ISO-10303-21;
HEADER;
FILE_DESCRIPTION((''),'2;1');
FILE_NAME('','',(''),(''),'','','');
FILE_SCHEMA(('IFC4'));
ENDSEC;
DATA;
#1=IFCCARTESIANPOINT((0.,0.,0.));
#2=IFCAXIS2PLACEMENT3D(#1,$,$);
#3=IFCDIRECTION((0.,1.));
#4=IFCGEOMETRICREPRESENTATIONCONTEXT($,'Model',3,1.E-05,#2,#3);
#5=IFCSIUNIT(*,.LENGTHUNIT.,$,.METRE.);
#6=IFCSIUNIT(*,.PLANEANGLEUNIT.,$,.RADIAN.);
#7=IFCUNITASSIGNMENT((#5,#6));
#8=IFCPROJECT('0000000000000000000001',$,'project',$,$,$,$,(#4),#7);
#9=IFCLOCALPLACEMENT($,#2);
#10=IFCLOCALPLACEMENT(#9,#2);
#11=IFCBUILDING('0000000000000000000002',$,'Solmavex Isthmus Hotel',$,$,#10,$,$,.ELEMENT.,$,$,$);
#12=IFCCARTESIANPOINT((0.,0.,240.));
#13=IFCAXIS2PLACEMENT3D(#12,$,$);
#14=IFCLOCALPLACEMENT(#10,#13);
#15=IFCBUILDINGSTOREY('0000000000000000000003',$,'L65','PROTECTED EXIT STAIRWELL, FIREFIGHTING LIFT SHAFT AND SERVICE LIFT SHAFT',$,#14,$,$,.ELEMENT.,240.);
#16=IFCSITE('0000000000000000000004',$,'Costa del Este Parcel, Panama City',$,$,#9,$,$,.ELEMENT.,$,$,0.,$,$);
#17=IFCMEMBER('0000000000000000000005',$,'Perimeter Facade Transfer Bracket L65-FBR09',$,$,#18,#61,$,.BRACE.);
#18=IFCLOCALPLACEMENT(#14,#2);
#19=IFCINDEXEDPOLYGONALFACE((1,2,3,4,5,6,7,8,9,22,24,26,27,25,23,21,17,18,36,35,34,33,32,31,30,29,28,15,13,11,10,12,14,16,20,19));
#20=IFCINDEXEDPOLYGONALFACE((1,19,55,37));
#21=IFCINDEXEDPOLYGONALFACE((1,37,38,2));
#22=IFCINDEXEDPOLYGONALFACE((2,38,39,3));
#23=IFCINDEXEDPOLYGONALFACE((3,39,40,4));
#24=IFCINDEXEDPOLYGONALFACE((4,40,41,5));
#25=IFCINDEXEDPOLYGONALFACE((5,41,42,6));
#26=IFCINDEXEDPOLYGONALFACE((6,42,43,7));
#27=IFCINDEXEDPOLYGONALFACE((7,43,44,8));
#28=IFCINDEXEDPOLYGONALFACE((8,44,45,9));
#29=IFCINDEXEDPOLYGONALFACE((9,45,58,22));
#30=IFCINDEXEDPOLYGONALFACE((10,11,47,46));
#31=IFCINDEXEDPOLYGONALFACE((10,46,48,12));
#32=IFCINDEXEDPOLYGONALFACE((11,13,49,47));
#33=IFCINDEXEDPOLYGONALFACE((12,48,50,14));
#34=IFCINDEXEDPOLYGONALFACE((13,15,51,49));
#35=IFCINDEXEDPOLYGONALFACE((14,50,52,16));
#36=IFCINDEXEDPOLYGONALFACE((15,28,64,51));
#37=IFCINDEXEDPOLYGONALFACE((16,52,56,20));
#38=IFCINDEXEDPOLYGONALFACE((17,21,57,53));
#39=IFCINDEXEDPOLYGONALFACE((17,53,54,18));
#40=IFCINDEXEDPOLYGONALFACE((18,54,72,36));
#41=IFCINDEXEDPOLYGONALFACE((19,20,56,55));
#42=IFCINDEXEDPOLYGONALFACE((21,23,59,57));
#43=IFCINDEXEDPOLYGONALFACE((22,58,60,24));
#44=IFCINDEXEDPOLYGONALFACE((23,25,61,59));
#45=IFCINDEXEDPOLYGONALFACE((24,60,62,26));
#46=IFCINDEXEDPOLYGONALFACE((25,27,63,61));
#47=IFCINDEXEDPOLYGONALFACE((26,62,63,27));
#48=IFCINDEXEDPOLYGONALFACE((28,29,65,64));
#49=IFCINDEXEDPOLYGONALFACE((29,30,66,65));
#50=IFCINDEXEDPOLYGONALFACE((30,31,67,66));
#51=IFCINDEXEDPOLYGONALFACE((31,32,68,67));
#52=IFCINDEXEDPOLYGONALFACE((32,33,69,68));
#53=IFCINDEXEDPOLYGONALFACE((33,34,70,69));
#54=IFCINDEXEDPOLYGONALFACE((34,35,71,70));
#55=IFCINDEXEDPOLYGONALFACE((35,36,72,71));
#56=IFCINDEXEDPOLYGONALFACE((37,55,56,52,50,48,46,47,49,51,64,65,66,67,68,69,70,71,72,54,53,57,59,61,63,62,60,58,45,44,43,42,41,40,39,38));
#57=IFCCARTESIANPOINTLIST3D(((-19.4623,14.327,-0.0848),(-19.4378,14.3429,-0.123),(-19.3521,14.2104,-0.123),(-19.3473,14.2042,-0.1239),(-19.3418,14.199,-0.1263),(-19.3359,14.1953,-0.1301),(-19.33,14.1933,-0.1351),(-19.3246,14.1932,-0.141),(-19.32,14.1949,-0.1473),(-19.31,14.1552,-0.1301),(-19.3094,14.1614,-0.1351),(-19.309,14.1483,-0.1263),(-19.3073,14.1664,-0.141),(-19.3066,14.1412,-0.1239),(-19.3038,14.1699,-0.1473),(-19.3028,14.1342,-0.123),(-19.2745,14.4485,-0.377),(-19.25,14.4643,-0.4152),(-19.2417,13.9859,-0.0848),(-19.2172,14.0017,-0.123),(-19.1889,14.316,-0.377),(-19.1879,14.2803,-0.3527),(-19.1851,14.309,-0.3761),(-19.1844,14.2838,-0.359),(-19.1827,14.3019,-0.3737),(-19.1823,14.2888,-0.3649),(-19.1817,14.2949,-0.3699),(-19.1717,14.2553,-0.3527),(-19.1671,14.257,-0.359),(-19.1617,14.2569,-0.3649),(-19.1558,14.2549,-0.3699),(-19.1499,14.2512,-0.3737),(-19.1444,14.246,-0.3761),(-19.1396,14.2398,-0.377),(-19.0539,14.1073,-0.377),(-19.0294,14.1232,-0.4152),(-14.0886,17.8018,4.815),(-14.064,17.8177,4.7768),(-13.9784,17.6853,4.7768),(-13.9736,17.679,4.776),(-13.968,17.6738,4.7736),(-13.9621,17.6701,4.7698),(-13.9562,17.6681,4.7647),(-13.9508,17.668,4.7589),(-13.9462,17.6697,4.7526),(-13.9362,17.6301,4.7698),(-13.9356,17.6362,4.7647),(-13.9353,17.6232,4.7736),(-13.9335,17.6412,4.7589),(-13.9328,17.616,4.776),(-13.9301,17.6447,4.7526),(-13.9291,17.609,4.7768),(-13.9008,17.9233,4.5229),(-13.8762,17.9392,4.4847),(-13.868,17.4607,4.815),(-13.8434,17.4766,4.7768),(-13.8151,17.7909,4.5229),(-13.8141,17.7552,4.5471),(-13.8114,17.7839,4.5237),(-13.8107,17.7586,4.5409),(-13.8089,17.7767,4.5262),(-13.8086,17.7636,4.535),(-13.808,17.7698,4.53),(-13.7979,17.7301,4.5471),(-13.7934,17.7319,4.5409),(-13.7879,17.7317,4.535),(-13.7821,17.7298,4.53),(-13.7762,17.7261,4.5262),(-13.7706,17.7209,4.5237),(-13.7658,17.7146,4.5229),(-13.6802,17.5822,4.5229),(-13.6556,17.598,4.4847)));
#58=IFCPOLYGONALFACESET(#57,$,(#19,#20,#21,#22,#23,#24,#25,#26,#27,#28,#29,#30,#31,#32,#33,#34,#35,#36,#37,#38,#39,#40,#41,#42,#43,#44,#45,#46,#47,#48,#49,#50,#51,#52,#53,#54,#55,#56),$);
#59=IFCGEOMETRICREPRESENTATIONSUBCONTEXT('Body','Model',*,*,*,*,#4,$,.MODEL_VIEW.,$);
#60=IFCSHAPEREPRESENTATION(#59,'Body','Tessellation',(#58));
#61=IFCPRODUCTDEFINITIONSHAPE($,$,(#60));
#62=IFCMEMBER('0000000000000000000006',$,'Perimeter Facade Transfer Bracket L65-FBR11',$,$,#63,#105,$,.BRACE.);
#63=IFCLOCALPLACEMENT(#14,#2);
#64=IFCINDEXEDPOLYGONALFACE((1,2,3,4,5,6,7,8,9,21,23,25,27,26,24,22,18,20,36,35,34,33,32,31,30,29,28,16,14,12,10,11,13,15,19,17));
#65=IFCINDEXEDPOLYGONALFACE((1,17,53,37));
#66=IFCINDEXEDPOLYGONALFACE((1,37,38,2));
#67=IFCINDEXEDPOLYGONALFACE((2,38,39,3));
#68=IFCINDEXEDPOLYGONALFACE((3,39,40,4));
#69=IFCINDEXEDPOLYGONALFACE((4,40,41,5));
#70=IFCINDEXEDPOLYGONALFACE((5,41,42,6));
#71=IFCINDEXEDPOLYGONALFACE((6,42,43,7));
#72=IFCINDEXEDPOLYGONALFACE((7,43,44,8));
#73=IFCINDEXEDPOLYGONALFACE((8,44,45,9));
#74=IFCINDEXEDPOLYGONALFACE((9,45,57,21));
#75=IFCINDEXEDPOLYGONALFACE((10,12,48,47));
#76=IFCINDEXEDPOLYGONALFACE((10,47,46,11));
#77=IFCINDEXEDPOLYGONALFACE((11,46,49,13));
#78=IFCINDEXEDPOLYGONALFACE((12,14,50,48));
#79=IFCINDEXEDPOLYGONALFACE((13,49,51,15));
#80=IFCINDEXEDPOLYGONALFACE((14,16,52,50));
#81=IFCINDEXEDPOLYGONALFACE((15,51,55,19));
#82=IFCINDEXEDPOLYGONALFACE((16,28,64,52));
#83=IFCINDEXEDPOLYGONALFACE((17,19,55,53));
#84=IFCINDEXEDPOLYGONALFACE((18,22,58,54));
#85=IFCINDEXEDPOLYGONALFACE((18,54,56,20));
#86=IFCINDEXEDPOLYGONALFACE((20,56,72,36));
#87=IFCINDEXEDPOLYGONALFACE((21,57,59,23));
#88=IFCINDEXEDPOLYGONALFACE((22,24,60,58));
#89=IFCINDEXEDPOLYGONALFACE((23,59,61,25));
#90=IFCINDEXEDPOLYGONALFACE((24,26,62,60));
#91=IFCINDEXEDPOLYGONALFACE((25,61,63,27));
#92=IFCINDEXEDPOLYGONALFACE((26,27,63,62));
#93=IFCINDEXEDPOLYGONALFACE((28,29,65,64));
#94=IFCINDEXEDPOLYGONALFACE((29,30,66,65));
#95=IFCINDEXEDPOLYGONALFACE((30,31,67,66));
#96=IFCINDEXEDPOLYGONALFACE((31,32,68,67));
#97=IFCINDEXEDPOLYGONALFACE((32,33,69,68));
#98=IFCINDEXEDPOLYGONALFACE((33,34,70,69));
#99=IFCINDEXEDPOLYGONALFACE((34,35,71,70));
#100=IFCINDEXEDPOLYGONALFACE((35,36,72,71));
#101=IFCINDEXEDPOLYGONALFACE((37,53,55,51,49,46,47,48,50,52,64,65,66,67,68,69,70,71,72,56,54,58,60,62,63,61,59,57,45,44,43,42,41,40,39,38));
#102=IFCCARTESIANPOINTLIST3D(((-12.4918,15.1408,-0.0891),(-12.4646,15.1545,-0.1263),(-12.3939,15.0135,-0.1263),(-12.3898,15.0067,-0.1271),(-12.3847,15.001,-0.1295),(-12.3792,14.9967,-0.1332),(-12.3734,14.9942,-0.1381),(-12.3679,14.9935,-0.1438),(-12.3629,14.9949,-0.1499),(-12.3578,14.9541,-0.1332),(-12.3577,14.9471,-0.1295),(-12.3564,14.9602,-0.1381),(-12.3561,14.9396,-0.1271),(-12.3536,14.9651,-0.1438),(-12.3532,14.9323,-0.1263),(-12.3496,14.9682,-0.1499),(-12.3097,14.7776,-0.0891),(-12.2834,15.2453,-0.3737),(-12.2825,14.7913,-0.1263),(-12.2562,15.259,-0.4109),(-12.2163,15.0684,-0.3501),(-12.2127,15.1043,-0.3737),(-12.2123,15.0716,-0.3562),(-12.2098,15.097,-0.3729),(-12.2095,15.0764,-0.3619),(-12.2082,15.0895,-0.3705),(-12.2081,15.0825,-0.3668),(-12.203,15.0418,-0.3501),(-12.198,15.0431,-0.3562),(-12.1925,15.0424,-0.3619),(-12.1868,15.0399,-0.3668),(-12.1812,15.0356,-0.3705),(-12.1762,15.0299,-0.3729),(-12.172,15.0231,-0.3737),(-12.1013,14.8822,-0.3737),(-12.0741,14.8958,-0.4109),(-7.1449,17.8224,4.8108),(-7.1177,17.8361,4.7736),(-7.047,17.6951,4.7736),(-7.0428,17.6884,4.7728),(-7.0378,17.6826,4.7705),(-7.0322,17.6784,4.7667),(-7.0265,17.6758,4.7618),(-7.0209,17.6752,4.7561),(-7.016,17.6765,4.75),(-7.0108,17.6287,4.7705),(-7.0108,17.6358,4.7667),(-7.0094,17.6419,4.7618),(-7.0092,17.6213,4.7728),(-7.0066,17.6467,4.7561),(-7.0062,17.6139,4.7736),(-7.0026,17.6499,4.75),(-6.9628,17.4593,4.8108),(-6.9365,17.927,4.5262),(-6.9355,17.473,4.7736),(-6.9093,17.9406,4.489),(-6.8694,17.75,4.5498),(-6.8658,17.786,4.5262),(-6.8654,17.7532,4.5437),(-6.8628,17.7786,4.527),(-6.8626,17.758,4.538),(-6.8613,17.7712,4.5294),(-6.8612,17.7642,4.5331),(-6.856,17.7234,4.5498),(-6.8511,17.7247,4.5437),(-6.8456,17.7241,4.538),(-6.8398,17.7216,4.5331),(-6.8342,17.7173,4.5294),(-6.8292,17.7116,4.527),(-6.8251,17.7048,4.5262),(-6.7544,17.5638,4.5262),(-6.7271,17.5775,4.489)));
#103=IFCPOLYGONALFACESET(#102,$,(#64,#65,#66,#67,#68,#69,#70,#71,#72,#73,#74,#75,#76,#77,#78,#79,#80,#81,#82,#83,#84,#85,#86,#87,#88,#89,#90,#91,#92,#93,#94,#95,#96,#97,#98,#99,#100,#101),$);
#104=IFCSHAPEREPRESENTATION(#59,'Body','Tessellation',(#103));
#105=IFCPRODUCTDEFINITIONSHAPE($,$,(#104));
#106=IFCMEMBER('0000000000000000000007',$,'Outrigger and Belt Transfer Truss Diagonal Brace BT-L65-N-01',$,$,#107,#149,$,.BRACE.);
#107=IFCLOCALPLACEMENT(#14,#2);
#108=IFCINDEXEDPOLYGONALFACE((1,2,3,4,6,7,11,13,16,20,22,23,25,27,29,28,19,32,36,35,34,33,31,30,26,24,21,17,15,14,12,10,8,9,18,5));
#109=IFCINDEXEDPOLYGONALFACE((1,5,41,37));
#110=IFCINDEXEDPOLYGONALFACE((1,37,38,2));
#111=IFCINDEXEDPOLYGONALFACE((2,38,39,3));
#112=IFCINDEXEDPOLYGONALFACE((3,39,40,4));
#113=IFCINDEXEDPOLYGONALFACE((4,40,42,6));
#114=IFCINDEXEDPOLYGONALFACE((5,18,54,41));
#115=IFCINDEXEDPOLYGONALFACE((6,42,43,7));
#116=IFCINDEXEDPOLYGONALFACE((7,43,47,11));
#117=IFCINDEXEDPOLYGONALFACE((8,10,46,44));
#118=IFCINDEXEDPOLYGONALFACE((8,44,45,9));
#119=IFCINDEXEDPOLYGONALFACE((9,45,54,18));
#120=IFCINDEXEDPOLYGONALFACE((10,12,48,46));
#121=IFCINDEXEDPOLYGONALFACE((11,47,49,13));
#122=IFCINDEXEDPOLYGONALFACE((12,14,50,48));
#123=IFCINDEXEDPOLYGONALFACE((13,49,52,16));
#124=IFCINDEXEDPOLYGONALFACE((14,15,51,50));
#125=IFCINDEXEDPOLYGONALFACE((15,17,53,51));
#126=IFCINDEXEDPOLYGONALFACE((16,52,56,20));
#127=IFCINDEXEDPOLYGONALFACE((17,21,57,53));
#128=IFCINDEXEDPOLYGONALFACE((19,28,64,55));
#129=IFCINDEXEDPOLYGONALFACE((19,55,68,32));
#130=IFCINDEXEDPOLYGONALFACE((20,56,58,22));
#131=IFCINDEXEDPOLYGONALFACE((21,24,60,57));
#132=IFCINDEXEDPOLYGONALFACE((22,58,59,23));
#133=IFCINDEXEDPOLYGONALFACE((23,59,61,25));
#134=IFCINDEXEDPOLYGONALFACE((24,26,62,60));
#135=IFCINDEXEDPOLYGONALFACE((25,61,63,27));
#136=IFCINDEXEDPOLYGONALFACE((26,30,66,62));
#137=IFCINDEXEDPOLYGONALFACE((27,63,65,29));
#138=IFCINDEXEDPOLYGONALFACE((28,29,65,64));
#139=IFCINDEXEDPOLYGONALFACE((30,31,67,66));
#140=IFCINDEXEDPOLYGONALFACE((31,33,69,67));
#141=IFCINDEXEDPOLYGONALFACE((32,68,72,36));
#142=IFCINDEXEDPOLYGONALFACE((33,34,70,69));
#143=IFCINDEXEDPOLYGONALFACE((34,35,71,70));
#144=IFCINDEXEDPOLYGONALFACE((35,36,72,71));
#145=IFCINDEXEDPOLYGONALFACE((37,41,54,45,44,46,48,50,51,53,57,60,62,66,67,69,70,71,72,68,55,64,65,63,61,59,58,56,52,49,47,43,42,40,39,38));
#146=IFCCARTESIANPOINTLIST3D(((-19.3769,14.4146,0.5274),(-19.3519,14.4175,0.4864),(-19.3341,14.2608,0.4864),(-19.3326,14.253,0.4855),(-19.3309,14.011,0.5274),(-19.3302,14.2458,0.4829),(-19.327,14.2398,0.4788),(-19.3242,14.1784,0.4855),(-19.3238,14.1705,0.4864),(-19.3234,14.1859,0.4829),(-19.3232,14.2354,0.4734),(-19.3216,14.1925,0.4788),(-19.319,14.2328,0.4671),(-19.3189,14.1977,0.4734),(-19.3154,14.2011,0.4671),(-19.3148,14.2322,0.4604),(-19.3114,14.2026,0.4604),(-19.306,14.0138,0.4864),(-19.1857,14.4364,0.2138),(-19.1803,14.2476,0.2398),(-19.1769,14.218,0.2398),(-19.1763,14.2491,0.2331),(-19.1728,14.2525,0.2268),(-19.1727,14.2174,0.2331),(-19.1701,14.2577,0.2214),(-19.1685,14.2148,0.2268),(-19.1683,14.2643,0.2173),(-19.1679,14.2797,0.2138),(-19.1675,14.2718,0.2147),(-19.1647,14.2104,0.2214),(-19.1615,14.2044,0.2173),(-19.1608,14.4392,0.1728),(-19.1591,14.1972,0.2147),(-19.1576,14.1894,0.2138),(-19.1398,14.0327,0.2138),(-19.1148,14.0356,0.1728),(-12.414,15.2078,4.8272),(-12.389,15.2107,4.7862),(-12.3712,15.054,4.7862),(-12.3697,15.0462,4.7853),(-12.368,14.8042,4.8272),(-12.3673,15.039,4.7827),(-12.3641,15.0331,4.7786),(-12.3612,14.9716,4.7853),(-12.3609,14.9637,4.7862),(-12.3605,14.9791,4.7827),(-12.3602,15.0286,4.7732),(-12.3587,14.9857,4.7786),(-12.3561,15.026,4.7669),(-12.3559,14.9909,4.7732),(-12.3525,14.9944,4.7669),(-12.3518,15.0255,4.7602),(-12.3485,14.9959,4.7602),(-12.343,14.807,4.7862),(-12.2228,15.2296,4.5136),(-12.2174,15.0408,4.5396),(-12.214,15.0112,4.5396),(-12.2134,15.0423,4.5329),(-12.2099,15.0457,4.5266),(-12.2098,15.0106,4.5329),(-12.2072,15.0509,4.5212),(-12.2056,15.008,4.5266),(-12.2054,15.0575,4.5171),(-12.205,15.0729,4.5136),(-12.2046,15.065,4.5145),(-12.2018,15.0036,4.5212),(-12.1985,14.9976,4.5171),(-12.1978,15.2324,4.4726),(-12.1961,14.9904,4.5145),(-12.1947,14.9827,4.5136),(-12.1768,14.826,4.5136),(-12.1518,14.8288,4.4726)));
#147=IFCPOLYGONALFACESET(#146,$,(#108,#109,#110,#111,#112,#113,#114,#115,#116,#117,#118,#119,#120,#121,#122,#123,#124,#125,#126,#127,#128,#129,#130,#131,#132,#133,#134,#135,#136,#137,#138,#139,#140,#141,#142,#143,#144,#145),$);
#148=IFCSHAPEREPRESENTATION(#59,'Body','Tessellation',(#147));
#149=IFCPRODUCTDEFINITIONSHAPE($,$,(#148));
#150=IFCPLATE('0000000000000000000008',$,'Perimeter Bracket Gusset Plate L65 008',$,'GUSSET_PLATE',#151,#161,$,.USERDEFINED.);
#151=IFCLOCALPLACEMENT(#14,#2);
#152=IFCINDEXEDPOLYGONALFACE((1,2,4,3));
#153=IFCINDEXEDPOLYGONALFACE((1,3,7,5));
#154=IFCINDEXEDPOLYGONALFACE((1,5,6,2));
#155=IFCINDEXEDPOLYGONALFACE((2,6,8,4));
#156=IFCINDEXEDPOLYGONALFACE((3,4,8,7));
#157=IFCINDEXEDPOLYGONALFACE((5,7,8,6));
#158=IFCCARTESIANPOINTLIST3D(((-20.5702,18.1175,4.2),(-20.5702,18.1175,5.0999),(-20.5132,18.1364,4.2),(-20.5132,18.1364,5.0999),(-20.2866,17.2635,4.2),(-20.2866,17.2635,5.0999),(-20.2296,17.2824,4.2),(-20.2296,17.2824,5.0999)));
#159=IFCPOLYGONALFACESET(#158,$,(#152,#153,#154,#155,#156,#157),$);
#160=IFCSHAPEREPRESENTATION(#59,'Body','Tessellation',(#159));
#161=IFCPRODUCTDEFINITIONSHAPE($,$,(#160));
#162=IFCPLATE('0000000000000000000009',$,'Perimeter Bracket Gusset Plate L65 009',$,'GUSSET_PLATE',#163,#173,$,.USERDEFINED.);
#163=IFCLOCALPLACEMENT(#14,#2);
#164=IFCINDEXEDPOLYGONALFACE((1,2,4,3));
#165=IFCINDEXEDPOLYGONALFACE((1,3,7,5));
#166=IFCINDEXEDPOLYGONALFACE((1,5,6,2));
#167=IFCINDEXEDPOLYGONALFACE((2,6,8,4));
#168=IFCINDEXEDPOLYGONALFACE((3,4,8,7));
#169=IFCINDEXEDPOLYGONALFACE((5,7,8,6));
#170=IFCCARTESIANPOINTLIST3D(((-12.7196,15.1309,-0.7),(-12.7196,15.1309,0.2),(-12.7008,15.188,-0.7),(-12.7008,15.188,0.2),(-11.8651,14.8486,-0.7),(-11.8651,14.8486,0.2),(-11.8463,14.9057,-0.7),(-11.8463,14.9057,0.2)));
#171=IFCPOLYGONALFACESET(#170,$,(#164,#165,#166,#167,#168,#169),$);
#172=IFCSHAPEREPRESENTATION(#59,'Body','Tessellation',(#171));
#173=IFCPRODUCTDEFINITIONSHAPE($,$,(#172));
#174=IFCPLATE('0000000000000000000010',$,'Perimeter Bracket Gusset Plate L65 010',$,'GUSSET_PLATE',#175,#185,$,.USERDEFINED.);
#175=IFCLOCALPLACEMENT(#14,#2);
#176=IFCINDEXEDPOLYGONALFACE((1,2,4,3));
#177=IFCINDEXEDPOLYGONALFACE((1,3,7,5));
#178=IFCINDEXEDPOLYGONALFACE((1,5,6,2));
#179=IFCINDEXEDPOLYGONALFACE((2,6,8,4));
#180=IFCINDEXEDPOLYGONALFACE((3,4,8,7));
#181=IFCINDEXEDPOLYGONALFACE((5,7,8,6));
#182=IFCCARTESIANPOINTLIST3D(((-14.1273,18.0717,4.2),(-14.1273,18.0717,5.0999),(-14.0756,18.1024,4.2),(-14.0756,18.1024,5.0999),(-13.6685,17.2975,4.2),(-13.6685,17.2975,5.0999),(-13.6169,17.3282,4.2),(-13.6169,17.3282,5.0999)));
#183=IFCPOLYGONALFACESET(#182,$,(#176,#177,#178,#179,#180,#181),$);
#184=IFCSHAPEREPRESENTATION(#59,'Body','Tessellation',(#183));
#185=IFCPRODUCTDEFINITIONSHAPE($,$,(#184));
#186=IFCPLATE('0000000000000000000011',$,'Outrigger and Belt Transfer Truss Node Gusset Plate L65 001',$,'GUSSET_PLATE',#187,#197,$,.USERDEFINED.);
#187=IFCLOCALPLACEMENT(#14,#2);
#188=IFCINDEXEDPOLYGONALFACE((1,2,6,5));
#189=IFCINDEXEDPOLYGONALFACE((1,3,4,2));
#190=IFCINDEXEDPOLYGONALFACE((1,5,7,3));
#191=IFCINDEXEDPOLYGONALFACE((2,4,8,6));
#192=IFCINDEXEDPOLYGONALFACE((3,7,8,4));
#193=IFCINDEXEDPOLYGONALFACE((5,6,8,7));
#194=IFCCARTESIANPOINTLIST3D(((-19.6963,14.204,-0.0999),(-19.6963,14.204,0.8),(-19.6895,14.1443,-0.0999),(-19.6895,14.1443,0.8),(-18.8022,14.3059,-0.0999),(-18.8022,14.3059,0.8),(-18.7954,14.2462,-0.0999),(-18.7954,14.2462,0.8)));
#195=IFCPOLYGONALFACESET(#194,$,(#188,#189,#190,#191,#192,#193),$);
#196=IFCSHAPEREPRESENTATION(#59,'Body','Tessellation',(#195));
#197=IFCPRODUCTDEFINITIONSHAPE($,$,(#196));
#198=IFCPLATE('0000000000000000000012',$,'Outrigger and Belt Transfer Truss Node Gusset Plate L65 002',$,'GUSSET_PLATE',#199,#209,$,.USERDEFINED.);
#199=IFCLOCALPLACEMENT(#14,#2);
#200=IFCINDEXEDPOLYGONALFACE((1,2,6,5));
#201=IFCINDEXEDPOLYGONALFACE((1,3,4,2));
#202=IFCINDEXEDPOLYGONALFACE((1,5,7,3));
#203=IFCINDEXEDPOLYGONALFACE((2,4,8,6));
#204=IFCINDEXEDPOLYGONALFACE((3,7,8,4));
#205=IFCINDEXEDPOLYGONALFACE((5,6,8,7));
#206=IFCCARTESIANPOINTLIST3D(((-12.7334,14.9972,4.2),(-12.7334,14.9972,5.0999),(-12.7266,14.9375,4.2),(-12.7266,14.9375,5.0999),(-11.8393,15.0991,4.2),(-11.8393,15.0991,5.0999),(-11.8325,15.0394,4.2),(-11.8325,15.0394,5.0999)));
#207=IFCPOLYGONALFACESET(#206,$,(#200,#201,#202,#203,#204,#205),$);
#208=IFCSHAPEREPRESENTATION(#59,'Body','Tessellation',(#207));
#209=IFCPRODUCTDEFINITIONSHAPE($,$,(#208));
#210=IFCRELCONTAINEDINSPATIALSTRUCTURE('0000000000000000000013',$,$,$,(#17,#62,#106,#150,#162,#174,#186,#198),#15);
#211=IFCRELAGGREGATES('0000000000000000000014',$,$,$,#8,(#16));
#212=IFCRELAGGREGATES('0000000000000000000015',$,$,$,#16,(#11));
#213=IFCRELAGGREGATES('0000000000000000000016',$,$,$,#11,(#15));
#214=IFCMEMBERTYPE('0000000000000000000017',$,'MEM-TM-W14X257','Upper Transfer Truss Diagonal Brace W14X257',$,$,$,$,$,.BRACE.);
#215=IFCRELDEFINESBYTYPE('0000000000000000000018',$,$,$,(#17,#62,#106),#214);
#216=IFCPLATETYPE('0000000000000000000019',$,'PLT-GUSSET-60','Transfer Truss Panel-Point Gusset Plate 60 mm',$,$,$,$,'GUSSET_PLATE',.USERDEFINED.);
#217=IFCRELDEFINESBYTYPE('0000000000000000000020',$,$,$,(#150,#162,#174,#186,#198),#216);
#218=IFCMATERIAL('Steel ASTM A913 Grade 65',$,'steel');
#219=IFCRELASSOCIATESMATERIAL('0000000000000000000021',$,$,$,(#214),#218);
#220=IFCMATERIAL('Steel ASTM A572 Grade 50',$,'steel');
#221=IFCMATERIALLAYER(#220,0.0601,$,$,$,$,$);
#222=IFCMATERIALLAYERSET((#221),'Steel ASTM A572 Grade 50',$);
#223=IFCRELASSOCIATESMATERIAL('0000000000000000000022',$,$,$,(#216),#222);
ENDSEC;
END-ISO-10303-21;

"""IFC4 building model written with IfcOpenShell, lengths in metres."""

from ifc_helpers import new_model, si_unit, direction, frame, origin, origin_2d, place, context, subcontext, project, spatial, rectangle, i_section, extrude, material, layer, layer_set, material_profile, profile_set, type_object, element, save


model = new_model("IFC4")

# Units and contexts
model_context = context("Model", 3, precision=1e-05, world=origin(), true_north=direction((0.0, 1.0)))
body_context = subcontext(model_context, "Body", "Model", "MODEL_VIEW")
ifc_project = project(units=[si_unit("LENGTHUNIT", "METRE"), si_unit("PLANEANGLEUNIT", "RADIAN")], contexts=[model_context])

# Site, building, storey
site_placement = place(None, origin())
site = spatial("IfcSite", under=ifc_project, at=site_placement, Name="Costa del Este Parcel, Panama City", CompositionType="ELEMENT", RefElevation=0.0)
building_placement = place(site_placement, origin())
building = spatial("IfcBuilding", under=site, at=building_placement, Name="Solmavex Isthmus Hotel", CompositionType="ELEMENT")
storey_placement = place(building_placement, frame((0.0, 0.0, 240.0)))
storey = spatial("IfcBuildingStorey", under=building, at=storey_placement, Name="L65", Description="PROTECTED EXIT STAIRWELL, FIREFIGHTING LIFT SHAFT AND SERVICE LIFT SHAFT", CompositionType="ELEMENT", Elevation=240.0)

# Shared definitions
ifc_material_1 = material(Name="Steel ASTM A913 Grade 65", Category="steel")

# Members
ifc_material_profile_1 = material_profile(ifc_material_1, i_section(OverallWidth=0.4062, OverallDepth=0.416, WebThickness=0.0298, FlangeThickness=0.0481, FilletRadius=0.0305, at=origin_2d()), Name="W14X257")
ifc_profile_set_1 = profile_set([ifc_material_profile_1], Name="Steel ASTM A913 Grade 65")
member_type_1 = type_object("IfcMemberType", Name="MEM-TM-W14X257", Description="Upper Transfer Truss Diagonal Brace W14X257", PredefinedType="BRACE", material=ifc_profile_set_1)
member_1_placement = place(storey_placement, frame((-19.2458, 14.2251, -0.25), z_axis=(0.666735, 0.431131, 0.60794), x_axis=(-0.542998, 0.839734, 0.0)))
element("IfcMember", 1, at=member_1_placement, inside=storey, type_object=member_type_1, Name="Perimeter Facade Transfer Bracket L65-FBR09", PredefinedType="BRACE", context=body_context, shape_type="SweptSolid", body=[
    extrude(i_section(OverallWidth=0.4062, OverallDepth=0.416, WebThickness=0.0298, FlangeThickness=0.0481, FilletRadius=0.0305, at=origin_2d()), origin(), (0.0, 0.0, 1.0), 8.0598),
])
member_2_placement = place(storey_placement, frame((-12.283, 15.0183, -0.25), z_axis=(0.691497, 0.346806, 0.633685), x_axis=(-0.448307, 0.89388, 0.0)))
element("IfcMember", 2, at=member_2_placement, inside=storey, type_object=member_type_1, Name="Perimeter Facade Transfer Bracket L65-FBR11", PredefinedType="BRACE", context=body_context, shape_type="SweptSolid", body=[
    extrude(i_section(OverallWidth=0.4062, OverallDepth=0.416, WebThickness=0.0298, FlangeThickness=0.0481, FilletRadius=0.0305, at=origin_2d()), origin(), (0.0, 0.0, 1.0), 7.7324),
])
member_3_placement = place(storey_placement, frame((-19.2458, 14.2251, 0.3501), z_axis=(0.846873, 0.096476, 0.522971), x_axis=(-0.113188, 0.993574, 0.0)))
element("IfcMember", 3, at=member_3_placement, inside=storey, type_object=member_type_1, Name="Outrigger and Belt Transfer Truss Diagonal Brace BT-L65-N-01", PredefinedType="BRACE", context=body_context, shape_type="SweptSolid", body=[
    extrude(i_section(OverallWidth=0.4062, OverallDepth=0.416, WebThickness=0.0298, FlangeThickness=0.0481, FilletRadius=0.0305, at=origin_2d()), origin(), (0.0, 0.0, 1.0), 8.2219),
])

# Plates
ifc_material_2 = material(Name="Steel ASTM A572 Grade 50", Category="steel")
ifc_layer_1 = layer(ifc_material_2, 0.0601)
ifc_layer_set_1 = layer_set([ifc_layer_1], Name="Steel ASTM A572 Grade 50")
plate_type = type_object("IfcPlateType", Name="PLT-GUSSET-60", Description="Transfer Truss Panel-Point Gusset Plate 60 mm", ElementType="GUSSET_PLATE", PredefinedType="USERDEFINED", material=ifc_layer_set_1)
for number, where, z_axis, x_axis, name in (
    (4, (-20.3999, 17.7, 4.2), (0.0, 0.0, 1.0), (-0.315185, 0.94903, 0.0), "Perimeter Bracket Gusset Plate L65 008"),
    (5, (-12.283, 15.0183, -0.7), (0.0, 0.0, 1.0), (-0.949524, 0.313694, 0.0), "Perimeter Bracket Gusset Plate L65 009"),
    (6, (-13.8721, 17.7, 4.2), (0.0, 0.0, 1.0), (-0.509777, 0.860306, 0.0), "Perimeter Bracket Gusset Plate L65 010"),
    (7, (-19.2458, 14.2251, -0.0999), (0.0, 0.0, 1.0), (0.993572, 0.113203, 0.0), "Outrigger and Belt Transfer Truss Node Gusset Plate L65 001"),
    (8, (-12.283, 15.0183, 4.2), (0.0, 0.0, 1.0), (0.993572, 0.113203, 0.0), "Outrigger and Belt Transfer Truss Node Gusset Plate L65 002"),
):
    element("IfcPlate", number, at=place(storey_placement, frame(where, z_axis=z_axis, x_axis=x_axis)), inside=storey, type_object=plate_type, Name=name, ObjectType="GUSSET_PLATE", PredefinedType="USERDEFINED", context=body_context, shape_type="SweptSolid", body=[
        extrude(rectangle(XDim=0.8999, YDim=0.0601, at=origin_2d()), origin(), (0.0, 0.0, 1.0), 0.8999),
    ])

save(model, "model.ifc")
